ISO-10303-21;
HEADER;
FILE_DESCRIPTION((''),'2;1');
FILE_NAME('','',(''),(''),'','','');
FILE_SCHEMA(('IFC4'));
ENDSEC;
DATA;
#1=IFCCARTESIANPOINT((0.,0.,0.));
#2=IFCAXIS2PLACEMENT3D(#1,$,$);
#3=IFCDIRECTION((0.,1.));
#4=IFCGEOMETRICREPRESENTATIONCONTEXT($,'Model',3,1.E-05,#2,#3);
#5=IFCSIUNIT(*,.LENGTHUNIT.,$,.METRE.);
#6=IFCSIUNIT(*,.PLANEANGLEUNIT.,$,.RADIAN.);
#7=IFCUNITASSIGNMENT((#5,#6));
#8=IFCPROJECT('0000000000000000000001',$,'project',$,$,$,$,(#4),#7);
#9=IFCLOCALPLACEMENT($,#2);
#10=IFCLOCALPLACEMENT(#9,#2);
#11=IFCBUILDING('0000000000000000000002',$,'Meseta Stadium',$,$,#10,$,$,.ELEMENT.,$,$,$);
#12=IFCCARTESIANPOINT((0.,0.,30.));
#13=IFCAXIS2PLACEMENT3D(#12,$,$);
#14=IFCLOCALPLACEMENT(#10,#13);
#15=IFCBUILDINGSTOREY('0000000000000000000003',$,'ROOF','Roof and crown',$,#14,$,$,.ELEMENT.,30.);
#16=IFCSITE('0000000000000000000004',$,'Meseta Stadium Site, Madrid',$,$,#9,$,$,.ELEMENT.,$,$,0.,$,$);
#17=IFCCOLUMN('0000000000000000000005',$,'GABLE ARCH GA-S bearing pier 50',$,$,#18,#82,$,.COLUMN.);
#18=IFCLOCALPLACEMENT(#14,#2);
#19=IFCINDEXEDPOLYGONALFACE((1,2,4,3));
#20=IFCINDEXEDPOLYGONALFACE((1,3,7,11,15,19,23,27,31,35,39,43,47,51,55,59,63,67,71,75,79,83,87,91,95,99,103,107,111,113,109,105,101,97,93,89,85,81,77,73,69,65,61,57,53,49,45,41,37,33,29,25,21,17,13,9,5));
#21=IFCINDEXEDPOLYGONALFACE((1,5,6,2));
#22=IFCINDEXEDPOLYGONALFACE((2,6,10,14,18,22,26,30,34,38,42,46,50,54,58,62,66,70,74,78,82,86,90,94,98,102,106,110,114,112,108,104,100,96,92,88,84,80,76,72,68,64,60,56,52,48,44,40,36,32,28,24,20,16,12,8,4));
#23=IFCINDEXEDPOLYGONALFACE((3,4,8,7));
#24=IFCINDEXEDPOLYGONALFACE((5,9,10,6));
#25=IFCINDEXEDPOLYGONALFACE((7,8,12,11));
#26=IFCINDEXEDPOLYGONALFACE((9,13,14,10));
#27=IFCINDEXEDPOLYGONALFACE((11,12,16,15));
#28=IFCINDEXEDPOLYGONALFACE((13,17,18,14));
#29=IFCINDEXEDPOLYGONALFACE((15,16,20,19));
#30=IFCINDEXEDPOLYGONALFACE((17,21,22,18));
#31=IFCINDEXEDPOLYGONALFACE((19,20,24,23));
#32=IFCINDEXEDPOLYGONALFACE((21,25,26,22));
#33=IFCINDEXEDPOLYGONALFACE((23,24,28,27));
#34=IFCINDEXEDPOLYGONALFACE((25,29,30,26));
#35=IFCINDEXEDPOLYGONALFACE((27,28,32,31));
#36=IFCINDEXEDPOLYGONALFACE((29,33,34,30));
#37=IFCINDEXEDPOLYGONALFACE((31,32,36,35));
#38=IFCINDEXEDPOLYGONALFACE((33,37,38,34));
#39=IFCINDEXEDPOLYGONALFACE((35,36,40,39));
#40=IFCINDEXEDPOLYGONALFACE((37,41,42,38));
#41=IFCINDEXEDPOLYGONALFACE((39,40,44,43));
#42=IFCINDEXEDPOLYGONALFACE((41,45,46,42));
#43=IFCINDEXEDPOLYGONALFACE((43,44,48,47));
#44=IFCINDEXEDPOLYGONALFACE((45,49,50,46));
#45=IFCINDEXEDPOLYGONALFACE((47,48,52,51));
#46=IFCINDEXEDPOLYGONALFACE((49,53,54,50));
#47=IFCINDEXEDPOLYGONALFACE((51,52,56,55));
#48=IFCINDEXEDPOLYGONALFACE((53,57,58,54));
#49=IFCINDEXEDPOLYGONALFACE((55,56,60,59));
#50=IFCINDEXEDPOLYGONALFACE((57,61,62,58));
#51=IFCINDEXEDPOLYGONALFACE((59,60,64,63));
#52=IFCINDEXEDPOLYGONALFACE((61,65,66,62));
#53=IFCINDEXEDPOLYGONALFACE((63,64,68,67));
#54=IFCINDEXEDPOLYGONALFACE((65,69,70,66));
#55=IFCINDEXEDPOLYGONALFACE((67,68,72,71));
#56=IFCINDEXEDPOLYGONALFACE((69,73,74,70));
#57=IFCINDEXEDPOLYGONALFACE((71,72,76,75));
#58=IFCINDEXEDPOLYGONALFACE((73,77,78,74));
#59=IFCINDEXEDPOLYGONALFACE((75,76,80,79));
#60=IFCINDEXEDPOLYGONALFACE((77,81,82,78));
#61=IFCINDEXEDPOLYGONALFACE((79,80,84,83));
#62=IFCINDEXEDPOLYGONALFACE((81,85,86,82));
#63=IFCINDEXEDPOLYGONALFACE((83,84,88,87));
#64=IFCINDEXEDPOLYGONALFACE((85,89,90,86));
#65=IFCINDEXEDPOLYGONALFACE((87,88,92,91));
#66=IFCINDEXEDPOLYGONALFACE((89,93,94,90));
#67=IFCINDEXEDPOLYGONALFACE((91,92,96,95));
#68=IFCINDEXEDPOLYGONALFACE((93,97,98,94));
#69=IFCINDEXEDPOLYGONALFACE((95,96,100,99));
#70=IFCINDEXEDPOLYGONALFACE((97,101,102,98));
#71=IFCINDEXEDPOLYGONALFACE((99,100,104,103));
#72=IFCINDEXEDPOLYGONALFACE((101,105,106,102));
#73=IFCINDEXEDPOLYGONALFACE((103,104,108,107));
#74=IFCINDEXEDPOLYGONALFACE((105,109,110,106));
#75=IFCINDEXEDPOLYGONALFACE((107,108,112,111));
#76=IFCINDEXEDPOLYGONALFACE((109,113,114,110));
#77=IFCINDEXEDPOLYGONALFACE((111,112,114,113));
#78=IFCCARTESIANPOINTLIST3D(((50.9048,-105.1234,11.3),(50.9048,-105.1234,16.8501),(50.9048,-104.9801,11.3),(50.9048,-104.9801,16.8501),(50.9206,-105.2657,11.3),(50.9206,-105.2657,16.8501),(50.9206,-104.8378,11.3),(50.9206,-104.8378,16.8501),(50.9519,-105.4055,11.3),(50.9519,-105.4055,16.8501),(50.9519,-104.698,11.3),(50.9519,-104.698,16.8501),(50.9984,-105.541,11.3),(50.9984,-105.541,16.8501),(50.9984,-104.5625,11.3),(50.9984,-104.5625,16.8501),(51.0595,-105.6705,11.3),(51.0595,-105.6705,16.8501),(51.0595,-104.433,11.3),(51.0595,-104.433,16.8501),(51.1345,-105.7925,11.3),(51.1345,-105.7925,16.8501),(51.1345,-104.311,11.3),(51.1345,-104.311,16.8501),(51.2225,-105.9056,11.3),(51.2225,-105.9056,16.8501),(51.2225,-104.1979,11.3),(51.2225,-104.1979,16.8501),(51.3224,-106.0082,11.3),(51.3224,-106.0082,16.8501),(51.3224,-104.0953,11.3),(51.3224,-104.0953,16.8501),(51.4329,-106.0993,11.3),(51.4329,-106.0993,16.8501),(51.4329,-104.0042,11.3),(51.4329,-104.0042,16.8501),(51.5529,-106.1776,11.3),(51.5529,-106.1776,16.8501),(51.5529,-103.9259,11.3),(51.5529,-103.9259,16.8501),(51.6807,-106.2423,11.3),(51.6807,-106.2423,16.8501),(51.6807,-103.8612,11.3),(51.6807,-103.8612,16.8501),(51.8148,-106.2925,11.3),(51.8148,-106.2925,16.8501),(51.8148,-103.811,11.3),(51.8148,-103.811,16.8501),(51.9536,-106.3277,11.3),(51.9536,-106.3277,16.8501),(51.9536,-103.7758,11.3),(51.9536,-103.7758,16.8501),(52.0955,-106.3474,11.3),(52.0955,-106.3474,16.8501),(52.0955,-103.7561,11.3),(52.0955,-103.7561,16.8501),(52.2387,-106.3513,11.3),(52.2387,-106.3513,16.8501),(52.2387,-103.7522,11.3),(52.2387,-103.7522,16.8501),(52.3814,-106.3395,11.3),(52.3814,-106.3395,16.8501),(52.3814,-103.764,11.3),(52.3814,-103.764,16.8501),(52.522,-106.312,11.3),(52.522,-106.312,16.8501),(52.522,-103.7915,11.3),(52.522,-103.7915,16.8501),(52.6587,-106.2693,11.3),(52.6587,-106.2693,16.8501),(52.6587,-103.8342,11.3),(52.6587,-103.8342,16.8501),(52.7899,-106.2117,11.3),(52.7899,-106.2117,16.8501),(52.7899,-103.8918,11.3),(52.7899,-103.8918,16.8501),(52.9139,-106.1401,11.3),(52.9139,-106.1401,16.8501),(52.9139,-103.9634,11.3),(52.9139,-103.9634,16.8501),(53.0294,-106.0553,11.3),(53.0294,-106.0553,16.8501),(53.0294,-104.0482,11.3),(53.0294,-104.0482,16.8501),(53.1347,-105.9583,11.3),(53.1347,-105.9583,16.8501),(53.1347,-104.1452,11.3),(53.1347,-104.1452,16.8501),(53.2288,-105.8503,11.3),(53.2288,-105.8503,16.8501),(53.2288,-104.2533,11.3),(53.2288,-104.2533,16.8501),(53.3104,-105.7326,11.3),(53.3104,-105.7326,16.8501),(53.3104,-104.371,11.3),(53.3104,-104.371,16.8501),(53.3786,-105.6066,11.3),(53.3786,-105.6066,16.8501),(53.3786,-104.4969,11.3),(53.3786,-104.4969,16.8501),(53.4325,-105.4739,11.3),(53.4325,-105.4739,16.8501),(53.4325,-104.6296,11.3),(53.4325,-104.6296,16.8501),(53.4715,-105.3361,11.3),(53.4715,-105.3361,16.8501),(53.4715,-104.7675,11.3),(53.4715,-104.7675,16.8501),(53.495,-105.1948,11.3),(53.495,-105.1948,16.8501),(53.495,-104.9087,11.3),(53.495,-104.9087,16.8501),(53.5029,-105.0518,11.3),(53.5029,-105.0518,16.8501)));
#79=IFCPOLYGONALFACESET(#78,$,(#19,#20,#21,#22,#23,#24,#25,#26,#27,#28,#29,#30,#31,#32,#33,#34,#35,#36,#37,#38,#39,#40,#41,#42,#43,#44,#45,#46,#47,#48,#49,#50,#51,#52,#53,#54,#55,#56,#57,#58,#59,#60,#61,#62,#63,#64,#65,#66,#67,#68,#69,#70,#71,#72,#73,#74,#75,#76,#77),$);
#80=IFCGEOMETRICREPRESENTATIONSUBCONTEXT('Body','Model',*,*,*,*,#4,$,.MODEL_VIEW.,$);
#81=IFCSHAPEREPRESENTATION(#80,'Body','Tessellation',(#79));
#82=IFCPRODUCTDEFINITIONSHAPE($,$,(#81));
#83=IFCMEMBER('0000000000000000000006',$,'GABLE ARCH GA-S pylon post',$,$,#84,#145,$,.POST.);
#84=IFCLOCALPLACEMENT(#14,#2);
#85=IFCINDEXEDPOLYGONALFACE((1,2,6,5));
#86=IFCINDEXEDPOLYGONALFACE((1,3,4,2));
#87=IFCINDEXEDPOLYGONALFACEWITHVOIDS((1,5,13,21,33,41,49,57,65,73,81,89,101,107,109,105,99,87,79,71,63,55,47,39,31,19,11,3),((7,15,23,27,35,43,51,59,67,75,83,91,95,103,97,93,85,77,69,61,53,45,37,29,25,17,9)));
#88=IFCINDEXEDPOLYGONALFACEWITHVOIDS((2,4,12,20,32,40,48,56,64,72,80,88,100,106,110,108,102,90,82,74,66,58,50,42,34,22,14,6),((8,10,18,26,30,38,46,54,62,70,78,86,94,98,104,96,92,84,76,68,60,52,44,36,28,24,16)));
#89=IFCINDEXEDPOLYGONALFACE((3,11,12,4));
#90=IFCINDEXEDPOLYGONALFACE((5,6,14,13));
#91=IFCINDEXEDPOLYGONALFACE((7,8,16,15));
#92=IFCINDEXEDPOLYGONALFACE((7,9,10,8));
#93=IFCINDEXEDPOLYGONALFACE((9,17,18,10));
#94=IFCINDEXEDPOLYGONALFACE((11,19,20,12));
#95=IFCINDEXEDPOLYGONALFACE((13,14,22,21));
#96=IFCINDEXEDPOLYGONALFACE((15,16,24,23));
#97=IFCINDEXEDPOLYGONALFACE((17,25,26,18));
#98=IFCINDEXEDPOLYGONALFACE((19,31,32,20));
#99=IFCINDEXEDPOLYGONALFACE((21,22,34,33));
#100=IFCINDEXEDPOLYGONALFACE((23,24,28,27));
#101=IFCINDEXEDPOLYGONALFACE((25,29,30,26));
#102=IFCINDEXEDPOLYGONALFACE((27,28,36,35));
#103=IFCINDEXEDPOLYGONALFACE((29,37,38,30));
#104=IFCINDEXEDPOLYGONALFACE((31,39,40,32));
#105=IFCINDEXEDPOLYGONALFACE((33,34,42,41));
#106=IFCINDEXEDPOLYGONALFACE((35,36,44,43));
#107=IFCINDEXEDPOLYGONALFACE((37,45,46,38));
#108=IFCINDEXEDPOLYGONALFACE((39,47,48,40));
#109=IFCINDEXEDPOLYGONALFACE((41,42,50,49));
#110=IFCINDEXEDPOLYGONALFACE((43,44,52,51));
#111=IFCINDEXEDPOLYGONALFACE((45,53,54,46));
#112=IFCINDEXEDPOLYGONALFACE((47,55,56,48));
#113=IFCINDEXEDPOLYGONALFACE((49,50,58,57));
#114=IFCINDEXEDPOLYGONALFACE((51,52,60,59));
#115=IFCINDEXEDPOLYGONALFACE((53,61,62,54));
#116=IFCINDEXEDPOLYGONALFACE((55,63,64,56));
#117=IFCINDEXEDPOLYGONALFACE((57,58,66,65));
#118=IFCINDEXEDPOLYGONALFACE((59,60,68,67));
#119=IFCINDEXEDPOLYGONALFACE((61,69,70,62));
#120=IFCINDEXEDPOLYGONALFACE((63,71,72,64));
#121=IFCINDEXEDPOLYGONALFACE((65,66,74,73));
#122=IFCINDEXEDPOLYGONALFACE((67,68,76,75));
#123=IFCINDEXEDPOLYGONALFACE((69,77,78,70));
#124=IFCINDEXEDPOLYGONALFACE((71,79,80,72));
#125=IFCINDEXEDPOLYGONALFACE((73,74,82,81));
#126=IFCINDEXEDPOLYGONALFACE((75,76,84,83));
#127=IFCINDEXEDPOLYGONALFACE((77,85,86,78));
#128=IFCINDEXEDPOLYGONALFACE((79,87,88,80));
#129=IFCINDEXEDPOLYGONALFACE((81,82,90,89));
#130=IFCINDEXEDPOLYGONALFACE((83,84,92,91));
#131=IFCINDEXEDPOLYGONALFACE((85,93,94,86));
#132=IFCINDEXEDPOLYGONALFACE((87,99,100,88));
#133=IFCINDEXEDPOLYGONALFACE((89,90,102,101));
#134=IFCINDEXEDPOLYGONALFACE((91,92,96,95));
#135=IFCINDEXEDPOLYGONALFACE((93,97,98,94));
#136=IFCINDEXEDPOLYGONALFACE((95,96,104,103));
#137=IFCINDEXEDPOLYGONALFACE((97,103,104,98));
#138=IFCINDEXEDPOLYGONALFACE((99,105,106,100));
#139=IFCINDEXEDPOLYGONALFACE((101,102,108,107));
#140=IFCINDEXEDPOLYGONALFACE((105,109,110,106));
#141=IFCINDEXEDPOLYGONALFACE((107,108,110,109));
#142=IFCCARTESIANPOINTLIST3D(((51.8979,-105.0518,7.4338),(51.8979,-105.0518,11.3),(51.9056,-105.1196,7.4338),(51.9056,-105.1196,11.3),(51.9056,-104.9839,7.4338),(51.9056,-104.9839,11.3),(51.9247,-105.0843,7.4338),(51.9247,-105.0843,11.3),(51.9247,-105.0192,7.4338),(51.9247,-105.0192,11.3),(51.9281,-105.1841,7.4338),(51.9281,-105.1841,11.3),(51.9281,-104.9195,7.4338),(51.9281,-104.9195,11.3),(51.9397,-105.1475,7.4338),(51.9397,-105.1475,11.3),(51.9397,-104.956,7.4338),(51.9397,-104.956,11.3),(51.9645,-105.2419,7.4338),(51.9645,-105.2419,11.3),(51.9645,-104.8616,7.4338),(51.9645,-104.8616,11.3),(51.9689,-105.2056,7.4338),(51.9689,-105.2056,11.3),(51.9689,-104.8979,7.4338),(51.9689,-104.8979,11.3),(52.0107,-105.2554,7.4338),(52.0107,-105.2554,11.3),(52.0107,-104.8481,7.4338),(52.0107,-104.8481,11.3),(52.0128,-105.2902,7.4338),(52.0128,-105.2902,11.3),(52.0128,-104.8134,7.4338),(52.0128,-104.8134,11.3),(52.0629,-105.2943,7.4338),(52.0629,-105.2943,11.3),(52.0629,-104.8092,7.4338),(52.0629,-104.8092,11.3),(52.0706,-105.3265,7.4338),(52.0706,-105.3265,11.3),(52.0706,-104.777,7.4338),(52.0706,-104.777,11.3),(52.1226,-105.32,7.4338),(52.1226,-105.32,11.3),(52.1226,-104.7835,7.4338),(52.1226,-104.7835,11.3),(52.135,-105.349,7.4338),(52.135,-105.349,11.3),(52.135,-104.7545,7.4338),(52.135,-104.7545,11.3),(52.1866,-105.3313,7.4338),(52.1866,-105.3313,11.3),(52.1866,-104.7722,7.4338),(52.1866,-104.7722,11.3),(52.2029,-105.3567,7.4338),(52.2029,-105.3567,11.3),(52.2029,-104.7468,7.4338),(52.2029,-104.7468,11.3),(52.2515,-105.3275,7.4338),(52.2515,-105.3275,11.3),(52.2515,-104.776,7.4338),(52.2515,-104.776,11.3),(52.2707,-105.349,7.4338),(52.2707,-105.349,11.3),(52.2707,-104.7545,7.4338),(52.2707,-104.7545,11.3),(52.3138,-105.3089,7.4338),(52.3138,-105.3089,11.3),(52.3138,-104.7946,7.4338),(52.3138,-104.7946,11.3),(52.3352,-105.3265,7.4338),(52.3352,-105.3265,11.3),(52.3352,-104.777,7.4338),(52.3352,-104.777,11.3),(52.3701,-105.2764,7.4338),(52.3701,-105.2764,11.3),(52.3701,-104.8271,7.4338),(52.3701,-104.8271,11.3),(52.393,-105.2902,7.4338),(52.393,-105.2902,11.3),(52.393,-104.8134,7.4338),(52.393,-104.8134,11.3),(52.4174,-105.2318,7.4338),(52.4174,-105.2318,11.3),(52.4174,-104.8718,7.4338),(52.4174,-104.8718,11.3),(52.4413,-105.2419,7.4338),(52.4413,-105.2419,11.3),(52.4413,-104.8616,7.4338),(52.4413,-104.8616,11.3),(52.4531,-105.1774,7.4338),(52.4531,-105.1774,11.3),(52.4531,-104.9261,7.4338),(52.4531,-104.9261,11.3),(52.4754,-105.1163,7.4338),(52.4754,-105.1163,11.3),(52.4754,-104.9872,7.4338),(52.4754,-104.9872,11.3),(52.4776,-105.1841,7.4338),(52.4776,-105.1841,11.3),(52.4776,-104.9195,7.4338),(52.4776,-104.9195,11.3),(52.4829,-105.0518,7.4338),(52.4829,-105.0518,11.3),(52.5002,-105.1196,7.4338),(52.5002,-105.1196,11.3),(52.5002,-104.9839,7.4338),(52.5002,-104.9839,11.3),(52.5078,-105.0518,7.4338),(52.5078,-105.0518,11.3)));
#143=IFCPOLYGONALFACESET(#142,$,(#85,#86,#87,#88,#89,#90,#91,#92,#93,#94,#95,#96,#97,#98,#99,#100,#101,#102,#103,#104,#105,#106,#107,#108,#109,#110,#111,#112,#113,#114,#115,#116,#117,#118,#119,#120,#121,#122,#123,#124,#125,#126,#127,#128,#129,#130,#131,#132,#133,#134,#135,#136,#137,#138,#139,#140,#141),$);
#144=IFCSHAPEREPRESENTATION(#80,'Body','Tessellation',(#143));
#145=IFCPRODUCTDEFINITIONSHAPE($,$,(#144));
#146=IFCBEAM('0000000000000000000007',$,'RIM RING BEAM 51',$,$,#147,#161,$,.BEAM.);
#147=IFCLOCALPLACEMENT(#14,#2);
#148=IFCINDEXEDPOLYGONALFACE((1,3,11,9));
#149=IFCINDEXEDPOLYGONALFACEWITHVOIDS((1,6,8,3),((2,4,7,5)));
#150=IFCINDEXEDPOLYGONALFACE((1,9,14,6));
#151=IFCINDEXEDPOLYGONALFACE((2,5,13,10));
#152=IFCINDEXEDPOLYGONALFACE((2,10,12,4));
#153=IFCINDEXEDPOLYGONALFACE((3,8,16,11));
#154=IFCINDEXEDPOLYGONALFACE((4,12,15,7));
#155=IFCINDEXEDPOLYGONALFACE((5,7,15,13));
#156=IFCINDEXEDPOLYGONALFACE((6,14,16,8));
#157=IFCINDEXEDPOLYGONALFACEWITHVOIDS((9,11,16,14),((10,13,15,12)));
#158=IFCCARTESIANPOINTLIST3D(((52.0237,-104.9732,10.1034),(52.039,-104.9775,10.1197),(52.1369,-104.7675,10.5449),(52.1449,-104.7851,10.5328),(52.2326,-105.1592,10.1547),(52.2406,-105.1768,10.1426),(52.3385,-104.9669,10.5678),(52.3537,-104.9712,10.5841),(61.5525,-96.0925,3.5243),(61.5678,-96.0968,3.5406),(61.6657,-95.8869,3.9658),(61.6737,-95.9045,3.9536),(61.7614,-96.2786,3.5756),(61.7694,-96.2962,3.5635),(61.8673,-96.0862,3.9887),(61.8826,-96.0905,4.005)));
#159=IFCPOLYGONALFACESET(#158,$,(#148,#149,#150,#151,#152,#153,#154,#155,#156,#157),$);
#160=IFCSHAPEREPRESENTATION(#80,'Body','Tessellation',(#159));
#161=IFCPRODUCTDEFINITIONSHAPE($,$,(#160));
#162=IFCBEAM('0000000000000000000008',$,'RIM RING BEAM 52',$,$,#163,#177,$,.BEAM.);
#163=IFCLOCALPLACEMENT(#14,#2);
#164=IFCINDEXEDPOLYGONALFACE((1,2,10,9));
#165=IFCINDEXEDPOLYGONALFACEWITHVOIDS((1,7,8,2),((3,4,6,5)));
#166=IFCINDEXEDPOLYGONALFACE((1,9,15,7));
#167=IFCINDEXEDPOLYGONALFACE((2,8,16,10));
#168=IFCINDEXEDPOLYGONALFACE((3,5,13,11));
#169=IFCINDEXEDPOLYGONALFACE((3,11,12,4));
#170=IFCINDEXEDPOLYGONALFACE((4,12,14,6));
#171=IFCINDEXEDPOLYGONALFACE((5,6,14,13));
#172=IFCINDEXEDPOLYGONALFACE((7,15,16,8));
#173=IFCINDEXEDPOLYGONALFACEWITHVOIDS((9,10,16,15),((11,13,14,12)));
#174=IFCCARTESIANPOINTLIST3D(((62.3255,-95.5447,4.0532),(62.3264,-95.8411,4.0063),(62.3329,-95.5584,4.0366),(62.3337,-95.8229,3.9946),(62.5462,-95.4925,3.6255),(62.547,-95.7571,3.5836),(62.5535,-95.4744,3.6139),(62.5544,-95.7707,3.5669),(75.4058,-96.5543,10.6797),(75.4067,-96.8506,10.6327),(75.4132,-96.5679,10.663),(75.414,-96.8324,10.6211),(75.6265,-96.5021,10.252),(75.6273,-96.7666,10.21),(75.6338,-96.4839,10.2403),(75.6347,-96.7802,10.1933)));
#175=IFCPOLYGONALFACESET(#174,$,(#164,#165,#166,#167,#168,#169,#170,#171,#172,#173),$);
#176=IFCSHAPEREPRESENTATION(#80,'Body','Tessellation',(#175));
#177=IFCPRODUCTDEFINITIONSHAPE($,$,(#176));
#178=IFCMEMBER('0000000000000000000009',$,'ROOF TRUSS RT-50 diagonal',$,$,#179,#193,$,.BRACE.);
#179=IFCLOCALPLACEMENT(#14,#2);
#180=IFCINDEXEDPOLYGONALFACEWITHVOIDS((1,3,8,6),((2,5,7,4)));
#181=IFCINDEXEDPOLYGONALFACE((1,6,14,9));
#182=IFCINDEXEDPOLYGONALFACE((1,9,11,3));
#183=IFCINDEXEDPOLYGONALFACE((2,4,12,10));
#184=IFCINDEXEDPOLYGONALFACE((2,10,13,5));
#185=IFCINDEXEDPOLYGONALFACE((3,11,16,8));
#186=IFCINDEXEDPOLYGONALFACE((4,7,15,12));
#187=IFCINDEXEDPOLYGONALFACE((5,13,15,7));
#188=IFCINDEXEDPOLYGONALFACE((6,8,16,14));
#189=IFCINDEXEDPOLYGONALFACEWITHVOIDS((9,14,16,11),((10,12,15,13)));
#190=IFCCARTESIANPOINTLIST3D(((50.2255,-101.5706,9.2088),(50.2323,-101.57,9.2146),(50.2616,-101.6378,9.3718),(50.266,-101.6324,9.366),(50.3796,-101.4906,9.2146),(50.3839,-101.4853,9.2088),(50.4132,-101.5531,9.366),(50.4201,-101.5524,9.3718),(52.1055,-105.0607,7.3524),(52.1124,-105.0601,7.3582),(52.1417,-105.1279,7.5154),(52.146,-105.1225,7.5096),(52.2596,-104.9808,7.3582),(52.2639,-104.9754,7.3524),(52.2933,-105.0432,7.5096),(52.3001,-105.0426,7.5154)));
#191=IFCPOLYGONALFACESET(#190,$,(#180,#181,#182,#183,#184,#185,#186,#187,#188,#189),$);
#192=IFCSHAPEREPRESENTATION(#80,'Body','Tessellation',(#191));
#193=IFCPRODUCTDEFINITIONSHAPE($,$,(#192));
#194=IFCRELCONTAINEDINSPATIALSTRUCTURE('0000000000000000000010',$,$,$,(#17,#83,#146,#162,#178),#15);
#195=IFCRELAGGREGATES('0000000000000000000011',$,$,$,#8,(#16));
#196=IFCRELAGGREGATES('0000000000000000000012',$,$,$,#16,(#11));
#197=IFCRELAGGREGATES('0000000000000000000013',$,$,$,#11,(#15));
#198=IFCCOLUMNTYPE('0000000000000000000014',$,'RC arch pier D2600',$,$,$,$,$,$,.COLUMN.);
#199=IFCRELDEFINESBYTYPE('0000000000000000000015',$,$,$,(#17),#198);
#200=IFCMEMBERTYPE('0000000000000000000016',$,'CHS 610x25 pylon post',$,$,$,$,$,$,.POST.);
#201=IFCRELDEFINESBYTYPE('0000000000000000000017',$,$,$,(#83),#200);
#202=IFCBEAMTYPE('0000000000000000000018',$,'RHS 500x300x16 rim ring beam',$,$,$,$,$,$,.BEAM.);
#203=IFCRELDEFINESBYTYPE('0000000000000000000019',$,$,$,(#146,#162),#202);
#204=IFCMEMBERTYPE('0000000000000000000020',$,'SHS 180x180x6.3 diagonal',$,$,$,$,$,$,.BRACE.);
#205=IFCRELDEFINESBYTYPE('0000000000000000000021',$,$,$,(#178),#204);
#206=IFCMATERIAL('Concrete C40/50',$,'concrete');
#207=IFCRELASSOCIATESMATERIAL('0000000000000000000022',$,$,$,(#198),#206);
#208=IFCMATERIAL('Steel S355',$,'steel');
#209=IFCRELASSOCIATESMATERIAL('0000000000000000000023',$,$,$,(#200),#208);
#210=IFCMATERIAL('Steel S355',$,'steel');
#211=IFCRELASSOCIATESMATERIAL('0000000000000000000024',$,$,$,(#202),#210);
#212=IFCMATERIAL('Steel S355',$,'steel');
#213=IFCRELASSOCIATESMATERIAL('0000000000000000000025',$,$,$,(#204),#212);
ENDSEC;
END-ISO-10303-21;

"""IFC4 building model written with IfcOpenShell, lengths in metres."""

from ifc_helpers import new_model, si_unit, direction, frame, origin, origin_2d, place, context, subcontext, project, spatial, hollow_rectangle, circle, hollow_circle, extrude, material, material_profile, profile_set, type_object, element, save


model = new_model("IFC4")

# Units and contexts
model_context = context("Model", 3, precision=1e-05, world=origin(), true_north=direction((0.0, 1.0)))
body_context = subcontext(model_context, "Body", "Model", "MODEL_VIEW")
ifc_project = project(units=[si_unit("LENGTHUNIT", "METRE"), si_unit("PLANEANGLEUNIT", "RADIAN")], contexts=[model_context])

# Site, building, storey
site_placement = place(None, origin())
site = spatial("IfcSite", under=ifc_project, at=site_placement, Name="Meseta Stadium Site, Madrid", CompositionType="ELEMENT", RefElevation=0.0)
building_placement = place(site_placement, origin())
building = spatial("IfcBuilding", under=site, at=building_placement, Name="Meseta Stadium", CompositionType="ELEMENT")
storey_placement = place(building_placement, frame((0.0, 0.0, 30.0)))
storey = spatial("IfcBuildingStorey", under=building, at=storey_placement, Name="ROOF", Description="Roof and crown", CompositionType="ELEMENT", Elevation=30.0)

# Column
ifc_material_1 = material(Name="Concrete C40/50", Category="concrete")
ifc_material_profile_1 = material_profile(ifc_material_1, circle(Radius=1.3, at=origin_2d()), Name="RC D2600")
ifc_profile_set_1 = profile_set([ifc_material_profile_1], Name="Concrete C40/50")
column_type = type_object("IfcColumnType", Name="RC arch pier D2600", PredefinedType="COLUMN", material=ifc_profile_set_1)
column_placement = place(storey_placement, frame((52.2029, -105.0518, 11.3), z_axis=(0.0, 0.0, 1.0), x_axis=(1.0, 0.0, 0.0)))
element("IfcColumn", 1, at=column_placement, inside=storey, type_object=column_type, Name="GABLE ARCH GA-S bearing pier 50", PredefinedType="COLUMN", context=body_context, shape_type="SweptSolid", body=[
    extrude(circle(Radius=1.3, at=origin_2d()), origin(), (0.0, 0.0, 1.0), 5.55),
])

# Member
ifc_material_2 = material(Name="Steel S355", Category="steel")
ifc_material_profile_2 = material_profile(ifc_material_2, hollow_circle(Radius=0.3049, WallThickness=0.0249, at=origin_2d()), Name="CHS 610x25")
ifc_profile_set_2 = profile_set([ifc_material_profile_2], Name="Steel S355")
member_type_1 = type_object("IfcMemberType", Name="CHS 610x25 pylon post", PredefinedType="POST", material=ifc_profile_set_2)
member_1_placement = place(storey_placement, frame((52.2029, -105.0518, 7.4338), z_axis=(0.0, 0.0, 1.0), x_axis=(1.0, 0.0, 0.0)))
element("IfcMember", 2, at=member_1_placement, inside=storey, type_object=member_type_1, Name="GABLE ARCH GA-S pylon post", PredefinedType="POST", context=body_context, shape_type="SweptSolid", body=[
    extrude(hollow_circle(Radius=0.3049, WallThickness=0.0249, at=origin_2d()), origin(), (0.0, 0.0, 1.0), 3.8662),
])

# Beams
ifc_material_3 = material(Name="Steel S355", Category="steel")
ifc_material_profile_3 = material_profile(ifc_material_3, hollow_rectangle(XDim=0.3, YDim=0.5, WallThickness=0.0161, at=origin_2d()), Name="RHS 500x300x16")
ifc_profile_set_3 = profile_set([ifc_material_profile_3], Name="Steel S355")
beam_type = type_object("IfcBeamType", Name="RHS 500x300x16 rim ring beam", PredefinedType="BEAM", material=ifc_profile_set_3)
beam_1_placement = place(storey_placement, frame((52.1887, -104.9722, 10.3438), z_axis=(0.652983, 0.608564, -0.450848), x_axis=(-0.722748, 0.678629, -0.130759)))
element("IfcBeam", 3, at=beam_1_placement, inside=storey, type_object=beam_type, Name="RIM RING BEAM 51", PredefinedType="BEAM", context=body_context, shape_type="SweptSolid", body=[
    extrude(hollow_rectangle(XDim=0.3, YDim=0.5, WallThickness=0.0161, at=origin_2d()), origin(), (0.0, 0.0, 1.0), 14.5928),
])
beam_2_placement = place(storey_placement, frame((62.4399, -95.6577, 3.8101), z_axis=(0.889954, -0.068685, 0.450849), x_axis=(-0.003101, 0.987659, 0.156588)))
element("IfcBeam", 4, at=beam_2_placement, inside=storey, type_object=beam_type, Name="RIM RING BEAM 52", PredefinedType="BEAM", context=body_context, shape_type="SweptSolid", body=[
    extrude(hollow_rectangle(XDim=0.3, YDim=0.5, WallThickness=0.0161, at=origin_2d()), origin(), (0.0, 0.0, 1.0), 14.6978),
])

# Member
ifc_material_4 = material(Name="Steel S355", Category="steel")
ifc_material_profile_4 = material_profile(ifc_material_4, hollow_rectangle(XDim=0.1799, YDim=0.1799, WallThickness=0.0063, at=origin_2d()), Name="SHS 180x180x6.3")
ifc_profile_set_4 = profile_set([ifc_material_profile_4], Name="Steel S355")
member_type_2 = type_object("IfcMemberType", Name="SHS 180x180x6.3 diagonal", PredefinedType="BRACE", material=ifc_profile_set_4)
member_2_placement = place(storey_placement, frame((50.3228, -101.5615, 9.2903), z_axis=(0.429492, -0.797302, -0.424083), x_axis=(0.88039, 0.47425, 0.0)))
element("IfcMember", 5, at=member_2_placement, inside=storey, type_object=member_type_2, Name="ROOF TRUSS RT-50 diagonal", PredefinedType="BRACE", context=body_context, shape_type="SweptSolid", body=[
    extrude(hollow_rectangle(XDim=0.1799, YDim=0.1799, WallThickness=0.0063, at=origin_2d()), origin(), (0.0, 0.0, 1.0), 4.3774),
])

save(model, "model.ifc")
